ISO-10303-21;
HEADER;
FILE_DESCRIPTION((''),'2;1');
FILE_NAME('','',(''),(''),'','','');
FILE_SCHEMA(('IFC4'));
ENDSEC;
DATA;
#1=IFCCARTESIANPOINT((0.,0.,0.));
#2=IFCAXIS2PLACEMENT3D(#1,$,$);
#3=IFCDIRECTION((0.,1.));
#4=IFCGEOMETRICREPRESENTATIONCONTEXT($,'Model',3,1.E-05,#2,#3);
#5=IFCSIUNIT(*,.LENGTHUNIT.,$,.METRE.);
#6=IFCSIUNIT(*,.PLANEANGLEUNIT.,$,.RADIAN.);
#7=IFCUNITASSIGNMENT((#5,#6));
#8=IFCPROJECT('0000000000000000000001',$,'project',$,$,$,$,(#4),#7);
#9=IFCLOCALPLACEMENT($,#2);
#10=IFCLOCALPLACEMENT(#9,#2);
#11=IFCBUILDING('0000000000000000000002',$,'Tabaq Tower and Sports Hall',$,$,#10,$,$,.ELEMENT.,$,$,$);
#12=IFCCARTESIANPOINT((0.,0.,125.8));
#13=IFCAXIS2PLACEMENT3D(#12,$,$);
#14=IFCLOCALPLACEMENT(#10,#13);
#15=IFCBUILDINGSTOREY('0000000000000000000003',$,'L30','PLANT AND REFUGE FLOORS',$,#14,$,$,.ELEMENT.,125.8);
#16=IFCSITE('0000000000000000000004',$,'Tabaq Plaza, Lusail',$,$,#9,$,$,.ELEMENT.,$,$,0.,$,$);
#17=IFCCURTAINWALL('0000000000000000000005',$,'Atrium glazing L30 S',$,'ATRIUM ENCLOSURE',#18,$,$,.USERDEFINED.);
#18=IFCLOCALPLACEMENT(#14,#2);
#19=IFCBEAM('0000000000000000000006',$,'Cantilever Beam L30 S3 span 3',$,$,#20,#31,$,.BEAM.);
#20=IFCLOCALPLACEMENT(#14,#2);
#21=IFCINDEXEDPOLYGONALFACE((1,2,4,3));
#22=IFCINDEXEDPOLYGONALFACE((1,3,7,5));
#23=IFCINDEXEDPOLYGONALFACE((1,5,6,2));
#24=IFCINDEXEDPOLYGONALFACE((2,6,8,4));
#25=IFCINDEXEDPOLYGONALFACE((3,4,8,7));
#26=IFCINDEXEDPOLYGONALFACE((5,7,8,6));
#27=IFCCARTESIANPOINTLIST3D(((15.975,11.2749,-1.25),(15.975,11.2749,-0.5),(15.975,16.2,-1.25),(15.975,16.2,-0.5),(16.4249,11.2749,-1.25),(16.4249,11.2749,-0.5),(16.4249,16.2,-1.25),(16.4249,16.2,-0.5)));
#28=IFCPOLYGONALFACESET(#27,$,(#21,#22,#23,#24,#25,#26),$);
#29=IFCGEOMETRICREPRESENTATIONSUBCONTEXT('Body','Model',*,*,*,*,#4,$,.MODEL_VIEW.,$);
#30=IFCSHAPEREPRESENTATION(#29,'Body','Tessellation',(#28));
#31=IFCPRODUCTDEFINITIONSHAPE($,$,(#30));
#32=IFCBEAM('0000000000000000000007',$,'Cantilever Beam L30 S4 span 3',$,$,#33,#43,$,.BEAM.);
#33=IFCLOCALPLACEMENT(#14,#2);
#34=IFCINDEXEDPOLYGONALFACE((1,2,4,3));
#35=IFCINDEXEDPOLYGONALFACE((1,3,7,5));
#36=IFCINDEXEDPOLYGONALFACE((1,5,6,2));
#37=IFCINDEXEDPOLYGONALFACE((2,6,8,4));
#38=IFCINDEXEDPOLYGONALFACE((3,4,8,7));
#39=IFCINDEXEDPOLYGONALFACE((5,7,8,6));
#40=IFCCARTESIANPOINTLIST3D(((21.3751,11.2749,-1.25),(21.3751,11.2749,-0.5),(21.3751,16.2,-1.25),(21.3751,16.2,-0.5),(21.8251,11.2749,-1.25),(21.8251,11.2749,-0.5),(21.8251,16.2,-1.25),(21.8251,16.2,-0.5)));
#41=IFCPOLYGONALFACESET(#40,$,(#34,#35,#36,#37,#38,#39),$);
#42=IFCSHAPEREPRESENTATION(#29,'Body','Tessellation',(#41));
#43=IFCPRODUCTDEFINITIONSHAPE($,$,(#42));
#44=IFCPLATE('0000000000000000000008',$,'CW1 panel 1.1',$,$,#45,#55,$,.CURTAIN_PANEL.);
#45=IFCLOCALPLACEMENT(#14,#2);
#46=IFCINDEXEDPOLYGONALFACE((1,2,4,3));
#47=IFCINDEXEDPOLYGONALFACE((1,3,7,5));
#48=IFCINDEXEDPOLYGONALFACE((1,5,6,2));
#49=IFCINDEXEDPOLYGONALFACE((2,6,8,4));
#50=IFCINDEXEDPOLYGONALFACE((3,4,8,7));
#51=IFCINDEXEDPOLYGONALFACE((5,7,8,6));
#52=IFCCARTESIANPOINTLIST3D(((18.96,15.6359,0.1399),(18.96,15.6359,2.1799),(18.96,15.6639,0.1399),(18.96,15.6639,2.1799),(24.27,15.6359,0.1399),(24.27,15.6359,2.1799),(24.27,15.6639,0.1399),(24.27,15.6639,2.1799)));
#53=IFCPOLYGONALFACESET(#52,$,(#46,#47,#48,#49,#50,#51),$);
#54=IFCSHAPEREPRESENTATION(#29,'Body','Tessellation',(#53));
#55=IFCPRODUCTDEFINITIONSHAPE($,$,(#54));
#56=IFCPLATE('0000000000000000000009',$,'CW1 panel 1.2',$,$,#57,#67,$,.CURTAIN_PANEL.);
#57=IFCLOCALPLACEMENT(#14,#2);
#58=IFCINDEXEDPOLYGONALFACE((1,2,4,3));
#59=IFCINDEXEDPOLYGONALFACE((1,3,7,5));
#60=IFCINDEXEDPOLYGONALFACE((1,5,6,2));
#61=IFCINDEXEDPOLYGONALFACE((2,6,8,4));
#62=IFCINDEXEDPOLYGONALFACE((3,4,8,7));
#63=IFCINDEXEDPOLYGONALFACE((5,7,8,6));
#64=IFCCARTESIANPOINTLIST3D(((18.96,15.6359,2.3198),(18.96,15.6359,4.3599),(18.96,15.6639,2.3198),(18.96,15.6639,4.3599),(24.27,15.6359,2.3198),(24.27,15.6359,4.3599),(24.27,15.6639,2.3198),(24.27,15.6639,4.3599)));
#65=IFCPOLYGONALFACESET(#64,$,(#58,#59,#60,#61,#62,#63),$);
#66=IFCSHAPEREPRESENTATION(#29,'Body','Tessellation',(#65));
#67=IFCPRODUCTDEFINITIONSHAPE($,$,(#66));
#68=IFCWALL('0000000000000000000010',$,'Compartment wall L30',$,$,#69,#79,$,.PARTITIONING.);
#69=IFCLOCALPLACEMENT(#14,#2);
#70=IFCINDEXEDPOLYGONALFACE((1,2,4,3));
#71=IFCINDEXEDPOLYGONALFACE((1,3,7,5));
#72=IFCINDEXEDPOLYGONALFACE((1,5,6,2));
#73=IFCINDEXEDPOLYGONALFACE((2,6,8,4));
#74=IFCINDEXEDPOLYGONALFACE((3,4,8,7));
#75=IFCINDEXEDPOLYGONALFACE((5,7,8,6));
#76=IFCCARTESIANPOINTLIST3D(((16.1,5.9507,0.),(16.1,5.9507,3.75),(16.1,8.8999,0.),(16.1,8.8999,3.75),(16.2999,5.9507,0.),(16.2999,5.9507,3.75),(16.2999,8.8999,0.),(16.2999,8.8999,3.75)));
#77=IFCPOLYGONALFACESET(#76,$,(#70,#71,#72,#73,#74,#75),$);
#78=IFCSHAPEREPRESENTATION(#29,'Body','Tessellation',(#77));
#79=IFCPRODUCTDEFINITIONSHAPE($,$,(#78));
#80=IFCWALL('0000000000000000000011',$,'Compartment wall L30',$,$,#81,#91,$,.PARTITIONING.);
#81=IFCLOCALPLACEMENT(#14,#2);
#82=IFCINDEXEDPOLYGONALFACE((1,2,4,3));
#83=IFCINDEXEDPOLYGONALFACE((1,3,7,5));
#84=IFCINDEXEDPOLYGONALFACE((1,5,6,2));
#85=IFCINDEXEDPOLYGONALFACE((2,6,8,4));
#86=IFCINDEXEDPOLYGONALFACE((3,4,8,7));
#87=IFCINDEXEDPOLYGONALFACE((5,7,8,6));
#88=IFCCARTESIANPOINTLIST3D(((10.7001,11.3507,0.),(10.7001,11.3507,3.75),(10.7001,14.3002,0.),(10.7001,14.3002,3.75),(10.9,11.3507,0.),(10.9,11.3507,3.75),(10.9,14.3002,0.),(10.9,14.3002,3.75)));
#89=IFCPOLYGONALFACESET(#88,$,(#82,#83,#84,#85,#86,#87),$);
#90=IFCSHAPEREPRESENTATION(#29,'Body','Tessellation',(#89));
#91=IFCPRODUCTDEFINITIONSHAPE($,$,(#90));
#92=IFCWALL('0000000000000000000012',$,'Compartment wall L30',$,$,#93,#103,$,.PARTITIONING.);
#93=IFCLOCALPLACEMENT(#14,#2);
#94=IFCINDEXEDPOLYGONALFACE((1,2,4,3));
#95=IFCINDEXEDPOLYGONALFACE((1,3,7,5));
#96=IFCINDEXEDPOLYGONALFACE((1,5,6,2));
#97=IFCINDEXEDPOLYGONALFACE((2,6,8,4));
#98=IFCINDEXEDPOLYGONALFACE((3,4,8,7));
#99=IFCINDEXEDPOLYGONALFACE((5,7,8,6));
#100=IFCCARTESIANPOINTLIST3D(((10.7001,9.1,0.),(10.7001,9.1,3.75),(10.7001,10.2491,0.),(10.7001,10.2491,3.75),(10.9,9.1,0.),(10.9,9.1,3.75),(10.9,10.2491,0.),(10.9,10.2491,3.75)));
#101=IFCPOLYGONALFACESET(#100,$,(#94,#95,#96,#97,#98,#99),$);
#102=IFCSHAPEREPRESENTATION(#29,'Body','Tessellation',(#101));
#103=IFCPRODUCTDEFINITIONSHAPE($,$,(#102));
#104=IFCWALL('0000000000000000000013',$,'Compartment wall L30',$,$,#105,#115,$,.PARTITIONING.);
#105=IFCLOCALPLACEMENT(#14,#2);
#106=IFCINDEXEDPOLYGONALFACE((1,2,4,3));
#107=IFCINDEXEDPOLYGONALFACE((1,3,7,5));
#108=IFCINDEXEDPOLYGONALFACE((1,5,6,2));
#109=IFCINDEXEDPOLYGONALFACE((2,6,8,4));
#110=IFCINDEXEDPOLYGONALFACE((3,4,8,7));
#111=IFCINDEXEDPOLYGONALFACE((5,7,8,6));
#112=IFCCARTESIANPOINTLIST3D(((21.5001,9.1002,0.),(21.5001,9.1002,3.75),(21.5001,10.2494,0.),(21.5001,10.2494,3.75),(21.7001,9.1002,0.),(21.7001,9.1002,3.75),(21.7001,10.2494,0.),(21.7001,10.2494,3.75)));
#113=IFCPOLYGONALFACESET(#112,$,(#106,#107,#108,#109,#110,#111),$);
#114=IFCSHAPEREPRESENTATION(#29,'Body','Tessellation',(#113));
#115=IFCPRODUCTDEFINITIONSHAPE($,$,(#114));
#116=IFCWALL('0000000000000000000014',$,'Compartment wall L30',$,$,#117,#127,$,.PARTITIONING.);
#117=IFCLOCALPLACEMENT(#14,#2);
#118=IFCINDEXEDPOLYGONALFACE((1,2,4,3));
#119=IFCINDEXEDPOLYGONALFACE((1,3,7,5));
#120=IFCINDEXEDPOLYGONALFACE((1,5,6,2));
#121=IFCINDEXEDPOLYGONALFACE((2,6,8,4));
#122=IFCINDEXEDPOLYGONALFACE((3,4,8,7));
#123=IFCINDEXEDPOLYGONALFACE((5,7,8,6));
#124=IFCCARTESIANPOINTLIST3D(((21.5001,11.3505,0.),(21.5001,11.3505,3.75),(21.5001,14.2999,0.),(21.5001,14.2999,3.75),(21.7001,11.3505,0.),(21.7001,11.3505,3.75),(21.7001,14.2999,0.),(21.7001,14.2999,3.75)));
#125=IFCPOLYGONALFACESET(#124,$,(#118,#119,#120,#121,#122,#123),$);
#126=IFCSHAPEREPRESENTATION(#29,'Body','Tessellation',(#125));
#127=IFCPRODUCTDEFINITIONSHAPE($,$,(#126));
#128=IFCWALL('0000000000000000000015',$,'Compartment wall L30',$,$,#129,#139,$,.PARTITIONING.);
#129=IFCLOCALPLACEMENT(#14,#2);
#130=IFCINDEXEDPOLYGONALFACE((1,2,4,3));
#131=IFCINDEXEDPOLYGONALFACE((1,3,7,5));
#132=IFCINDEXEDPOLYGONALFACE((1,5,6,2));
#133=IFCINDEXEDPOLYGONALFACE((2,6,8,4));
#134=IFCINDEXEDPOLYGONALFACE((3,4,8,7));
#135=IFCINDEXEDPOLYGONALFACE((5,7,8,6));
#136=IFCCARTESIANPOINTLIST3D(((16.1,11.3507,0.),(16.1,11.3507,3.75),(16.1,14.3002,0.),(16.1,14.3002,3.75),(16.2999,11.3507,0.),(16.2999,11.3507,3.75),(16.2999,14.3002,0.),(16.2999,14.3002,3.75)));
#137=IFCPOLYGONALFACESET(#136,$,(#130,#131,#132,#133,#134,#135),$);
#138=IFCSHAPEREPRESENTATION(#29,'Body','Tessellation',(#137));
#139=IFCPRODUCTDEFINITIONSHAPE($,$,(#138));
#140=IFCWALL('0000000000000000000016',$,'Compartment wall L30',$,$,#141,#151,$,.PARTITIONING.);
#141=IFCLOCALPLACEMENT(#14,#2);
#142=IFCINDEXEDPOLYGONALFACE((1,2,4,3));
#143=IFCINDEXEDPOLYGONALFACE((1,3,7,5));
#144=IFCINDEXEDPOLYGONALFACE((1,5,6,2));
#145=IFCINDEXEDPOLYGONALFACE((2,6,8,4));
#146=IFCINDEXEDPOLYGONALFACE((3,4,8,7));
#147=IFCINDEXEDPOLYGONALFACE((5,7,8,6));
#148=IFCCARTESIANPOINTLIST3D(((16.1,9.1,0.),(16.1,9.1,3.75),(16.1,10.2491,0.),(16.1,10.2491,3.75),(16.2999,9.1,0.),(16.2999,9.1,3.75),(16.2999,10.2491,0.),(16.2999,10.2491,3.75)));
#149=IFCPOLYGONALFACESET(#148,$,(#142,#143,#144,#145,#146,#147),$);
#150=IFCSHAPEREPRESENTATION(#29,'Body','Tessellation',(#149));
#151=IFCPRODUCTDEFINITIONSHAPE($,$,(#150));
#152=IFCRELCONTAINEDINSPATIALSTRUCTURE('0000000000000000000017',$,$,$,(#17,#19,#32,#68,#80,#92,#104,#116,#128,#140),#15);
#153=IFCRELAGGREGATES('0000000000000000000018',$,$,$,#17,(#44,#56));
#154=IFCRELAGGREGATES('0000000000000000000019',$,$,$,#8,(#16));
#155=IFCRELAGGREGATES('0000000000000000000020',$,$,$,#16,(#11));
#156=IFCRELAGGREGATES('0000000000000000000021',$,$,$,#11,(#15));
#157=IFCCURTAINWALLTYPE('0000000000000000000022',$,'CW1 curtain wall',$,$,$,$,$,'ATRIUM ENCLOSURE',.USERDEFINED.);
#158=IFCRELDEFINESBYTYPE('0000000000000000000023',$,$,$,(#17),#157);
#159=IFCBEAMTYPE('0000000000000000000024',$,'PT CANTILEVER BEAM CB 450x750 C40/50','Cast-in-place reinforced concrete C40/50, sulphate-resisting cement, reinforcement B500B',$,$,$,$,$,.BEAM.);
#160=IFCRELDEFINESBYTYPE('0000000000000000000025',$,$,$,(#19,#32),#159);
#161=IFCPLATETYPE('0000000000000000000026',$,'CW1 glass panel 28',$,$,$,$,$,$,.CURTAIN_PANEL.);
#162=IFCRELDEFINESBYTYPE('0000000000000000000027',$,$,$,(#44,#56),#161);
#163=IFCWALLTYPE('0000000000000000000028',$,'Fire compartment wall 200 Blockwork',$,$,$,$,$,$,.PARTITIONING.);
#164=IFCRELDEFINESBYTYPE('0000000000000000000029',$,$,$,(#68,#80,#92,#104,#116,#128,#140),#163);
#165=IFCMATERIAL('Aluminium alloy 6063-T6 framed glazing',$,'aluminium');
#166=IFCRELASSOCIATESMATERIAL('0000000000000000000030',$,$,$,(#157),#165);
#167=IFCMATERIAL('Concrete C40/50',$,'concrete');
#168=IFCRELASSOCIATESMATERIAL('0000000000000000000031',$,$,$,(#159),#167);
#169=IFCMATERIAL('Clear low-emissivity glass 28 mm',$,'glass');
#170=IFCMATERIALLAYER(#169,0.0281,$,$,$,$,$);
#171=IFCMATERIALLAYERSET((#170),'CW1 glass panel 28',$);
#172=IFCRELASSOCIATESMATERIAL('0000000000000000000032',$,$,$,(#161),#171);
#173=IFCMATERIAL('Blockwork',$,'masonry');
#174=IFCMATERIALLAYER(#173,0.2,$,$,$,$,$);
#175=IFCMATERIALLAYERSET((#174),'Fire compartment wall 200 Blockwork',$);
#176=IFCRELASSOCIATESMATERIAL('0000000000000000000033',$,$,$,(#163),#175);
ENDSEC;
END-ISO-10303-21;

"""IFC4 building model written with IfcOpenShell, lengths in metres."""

from ifc_helpers import new_model, si_unit, direction, frame, frame_2d, origin, origin_2d, place, context, subcontext, project, spatial, rectangle, extrude, material, layer, layer_set, material_profile, profile_set, type_object, element, aggregate, save


model = new_model("IFC4")

# Units and contexts
model_context = context("Model", 3, precision=1e-05, world=origin(), true_north=direction((0.0, 1.0)))
body_context = subcontext(model_context, "Body", "Model", "MODEL_VIEW")
ifc_project = project(units=[si_unit("LENGTHUNIT", "METRE"), si_unit("PLANEANGLEUNIT", "RADIAN")], contexts=[model_context])

# Site, building, storey
site_placement = place(None, origin())
site = spatial("IfcSite", under=ifc_project, at=site_placement, Name="Tabaq Plaza, Lusail", CompositionType="ELEMENT", RefElevation=0.0)
building_placement = place(site_placement, origin())
building = spatial("IfcBuilding", under=site, at=building_placement, Name="Tabaq Tower and Sports Hall", CompositionType="ELEMENT")
storey_placement = place(building_placement, frame((0.0, 0.0, 125.8)))
storey = spatial("IfcBuildingStorey", under=building, at=storey_placement, Name="L30", Description="PLANT AND REFUGE FLOORS", CompositionType="ELEMENT", Elevation=125.8)

# Curtain wall
ifc_material_1 = material(Name="Aluminium alloy 6063-T6 framed glazing", Category="aluminium")
curtain_wall_type = type_object("IfcCurtainWallType", Name="CW1 curtain wall", ElementType="ATRIUM ENCLOSURE", PredefinedType="USERDEFINED", material=ifc_material_1)
curtain_wall_placement = place(storey_placement, origin())
curtain_wall = element("IfcCurtainWall", 1, at=curtain_wall_placement, inside=storey, type_object=curtain_wall_type, Name="Atrium glazing L30 S", ObjectType="ATRIUM ENCLOSURE", PredefinedType="USERDEFINED")

# Beams
ifc_material_2 = material(Name="Concrete C40/50", Category="concrete")
ifc_material_profile_1 = material_profile(ifc_material_2, rectangle(XDim=0.45, YDim=0.75, at=origin_2d()), Name="CB 450x750")
ifc_profile_set_1 = profile_set([ifc_material_profile_1], Name="Concrete C40/50")
beam_type = type_object("IfcBeamType", Name="PT CANTILEVER BEAM CB 450x750 C40/50", Description="Cast-in-place reinforced concrete C40/50, sulphate-resisting cement, reinforcement B500B", PredefinedType="BEAM", material=ifc_profile_set_1)
for number, where, z_axis, x_axis, name in (
    (2, (16.2, 11.2749, -0.875), (0.0, 1.0, 0.0), (-1.0, 0.0, 0.0), "Cantilever Beam L30 S3 span 3"),
    (3, (21.6001, 11.2749, -0.875), (0.0, 1.0, 0.0), (-1.0, 0.0, 0.0), "Cantilever Beam L30 S4 span 3"),
):
    element("IfcBeam", number, at=place(storey_placement, frame(where, z_axis=z_axis, x_axis=x_axis)), inside=storey, type_object=beam_type, Name=name, PredefinedType="BEAM", context=body_context, shape_type="SweptSolid", body=[
        extrude(rectangle(XDim=0.45, YDim=0.75, at=origin_2d()), origin(), (0.0, 0.0, 1.0), 4.925),
    ])

# Plates
ifc_material_3 = material(Name="Clear low-emissivity glass 28 mm", Category="glass")
ifc_layer_1 = layer(ifc_material_3, 0.0281)
ifc_layer_set_1 = layer_set([ifc_layer_1], Name="CW1 glass panel 28")
plate_type = type_object("IfcPlateType", Name="CW1 glass panel 28", PredefinedType="CURTAIN_PANEL", material=ifc_layer_set_1)
plate_1_placement = place(storey_placement, frame((21.615, 15.6499, 0.1399), z_axis=(0.0, 0.0, 1.0), x_axis=(1.0, 0.0, 0.0)))
plate_1 = element("IfcPlate", 4, at=plate_1_placement, type_object=plate_type, Name="CW1 panel 1.1", PredefinedType="CURTAIN_PANEL", context=body_context, shape_type="SweptSolid", body=[
    extrude(rectangle(XDim=5.3101, YDim=0.0281, at=origin_2d()), origin(), (0.0, 0.0, 1.0), 2.04),
])
plate_2_placement = place(storey_placement, frame((21.615, 15.6499, 2.3198), z_axis=(0.0, 0.0, 1.0), x_axis=(1.0, 0.0, 0.0)))
plate_2 = element("IfcPlate", 5, at=plate_2_placement, type_object=plate_type, Name="CW1 panel 1.2", PredefinedType="CURTAIN_PANEL", context=body_context, shape_type="SweptSolid", body=[
    extrude(rectangle(XDim=5.3101, YDim=0.0281, at=origin_2d()), origin(), (0.0, 0.0, 1.0), 2.04),
])
aggregate(curtain_wall, [plate_1, plate_2])

# Walls
ifc_material_4 = material(Name="Blockwork", Category="masonry")
ifc_layer_2 = layer(ifc_material_4, 0.2)
ifc_layer_set_2 = layer_set([ifc_layer_2], Name="Fire compartment wall 200 Blockwork")
wall_type = type_object("IfcWallType", Name="Fire compartment wall 200 Blockwork", PredefinedType="PARTITIONING", material=ifc_layer_set_2)
wall_1_placement = place(storey_placement, frame((16.2, 5.9507, 0.0), z_axis=(0.0, 0.0, 1.0), x_axis=(0.0, 1.0, 0.0)))
element("IfcWall", 6, at=wall_1_placement, inside=storey, type_object=wall_type, Name="Compartment wall L30", PredefinedType="PARTITIONING", context=body_context, shape_type="SweptSolid", body=[
    extrude(rectangle(XDim=2.9492, YDim=0.2, at=frame_2d((1.4746, 0.0))), origin(), (0.0, 0.0, 1.0), 3.75),
])
wall_2_placement = place(storey_placement, frame((10.8, 14.3, 0.0), z_axis=(0.0, 0.0, 1.0), x_axis=(0.0, -1.0, 0.0)))
element("IfcWall", 7, at=wall_2_placement, inside=storey, type_object=wall_type, Name="Compartment wall L30", PredefinedType="PARTITIONING", context=body_context, shape_type="SweptSolid", body=[
    extrude(rectangle(XDim=2.9495, YDim=0.2, at=frame_2d((1.4746, 0.0))), origin(), (0.0, 0.0, 1.0), 3.75),
])
for number, where, z_axis, x_axis, name in (
    (8, (10.8, 10.2493, 0.0), (0.0, 0.0, 1.0), (0.0, -1.0, 0.0), "Compartment wall L30"),
    (9, (21.6001, 9.1001, 0.0), (0.0, 0.0, 1.0), (0.0, 1.0, 0.0), "Compartment wall L30"),
):
    element("IfcWall", number, at=place(storey_placement, frame(where, z_axis=z_axis, x_axis=x_axis)), inside=storey, type_object=wall_type, Name=name, PredefinedType="PARTITIONING", context=body_context, shape_type="SweptSolid", body=[
        extrude(rectangle(XDim=1.1492, YDim=0.2, at=frame_2d((0.5747, 0.0))), origin(), (0.0, 0.0, 1.0), 3.75),
    ])
for number, where, z_axis, x_axis, name in (
    (10, (21.6001, 11.3506, 0.0), (0.0, 0.0, 1.0), (0.0, 1.0, 0.0), "Compartment wall L30"),
    (11, (16.2, 14.3, 0.0), (0.0, 0.0, 1.0), (0.0, -1.0, 0.0), "Compartment wall L30"),
):
    element("IfcWall", number, at=place(storey_placement, frame(where, z_axis=z_axis, x_axis=x_axis)), inside=storey, type_object=wall_type, Name=name, PredefinedType="PARTITIONING", context=body_context, shape_type="SweptSolid", body=[
        extrude(rectangle(XDim=2.9495, YDim=0.2, at=frame_2d((1.4746, 0.0))), origin(), (0.0, 0.0, 1.0), 3.75),
    ])
wall_3_placement = place(storey_placement, frame((16.2, 10.2493, 0.0), z_axis=(0.0, 0.0, 1.0), x_axis=(0.0, -1.0, 0.0)))
element("IfcWall", 12, at=wall_3_placement, inside=storey, type_object=wall_type, Name="Compartment wall L30", PredefinedType="PARTITIONING", context=body_context, shape_type="SweptSolid", body=[
    extrude(rectangle(XDim=1.1492, YDim=0.2, at=frame_2d((0.5747, 0.0))), origin(), (0.0, 0.0, 1.0), 3.75),
])

save(model, "model.ifc")
